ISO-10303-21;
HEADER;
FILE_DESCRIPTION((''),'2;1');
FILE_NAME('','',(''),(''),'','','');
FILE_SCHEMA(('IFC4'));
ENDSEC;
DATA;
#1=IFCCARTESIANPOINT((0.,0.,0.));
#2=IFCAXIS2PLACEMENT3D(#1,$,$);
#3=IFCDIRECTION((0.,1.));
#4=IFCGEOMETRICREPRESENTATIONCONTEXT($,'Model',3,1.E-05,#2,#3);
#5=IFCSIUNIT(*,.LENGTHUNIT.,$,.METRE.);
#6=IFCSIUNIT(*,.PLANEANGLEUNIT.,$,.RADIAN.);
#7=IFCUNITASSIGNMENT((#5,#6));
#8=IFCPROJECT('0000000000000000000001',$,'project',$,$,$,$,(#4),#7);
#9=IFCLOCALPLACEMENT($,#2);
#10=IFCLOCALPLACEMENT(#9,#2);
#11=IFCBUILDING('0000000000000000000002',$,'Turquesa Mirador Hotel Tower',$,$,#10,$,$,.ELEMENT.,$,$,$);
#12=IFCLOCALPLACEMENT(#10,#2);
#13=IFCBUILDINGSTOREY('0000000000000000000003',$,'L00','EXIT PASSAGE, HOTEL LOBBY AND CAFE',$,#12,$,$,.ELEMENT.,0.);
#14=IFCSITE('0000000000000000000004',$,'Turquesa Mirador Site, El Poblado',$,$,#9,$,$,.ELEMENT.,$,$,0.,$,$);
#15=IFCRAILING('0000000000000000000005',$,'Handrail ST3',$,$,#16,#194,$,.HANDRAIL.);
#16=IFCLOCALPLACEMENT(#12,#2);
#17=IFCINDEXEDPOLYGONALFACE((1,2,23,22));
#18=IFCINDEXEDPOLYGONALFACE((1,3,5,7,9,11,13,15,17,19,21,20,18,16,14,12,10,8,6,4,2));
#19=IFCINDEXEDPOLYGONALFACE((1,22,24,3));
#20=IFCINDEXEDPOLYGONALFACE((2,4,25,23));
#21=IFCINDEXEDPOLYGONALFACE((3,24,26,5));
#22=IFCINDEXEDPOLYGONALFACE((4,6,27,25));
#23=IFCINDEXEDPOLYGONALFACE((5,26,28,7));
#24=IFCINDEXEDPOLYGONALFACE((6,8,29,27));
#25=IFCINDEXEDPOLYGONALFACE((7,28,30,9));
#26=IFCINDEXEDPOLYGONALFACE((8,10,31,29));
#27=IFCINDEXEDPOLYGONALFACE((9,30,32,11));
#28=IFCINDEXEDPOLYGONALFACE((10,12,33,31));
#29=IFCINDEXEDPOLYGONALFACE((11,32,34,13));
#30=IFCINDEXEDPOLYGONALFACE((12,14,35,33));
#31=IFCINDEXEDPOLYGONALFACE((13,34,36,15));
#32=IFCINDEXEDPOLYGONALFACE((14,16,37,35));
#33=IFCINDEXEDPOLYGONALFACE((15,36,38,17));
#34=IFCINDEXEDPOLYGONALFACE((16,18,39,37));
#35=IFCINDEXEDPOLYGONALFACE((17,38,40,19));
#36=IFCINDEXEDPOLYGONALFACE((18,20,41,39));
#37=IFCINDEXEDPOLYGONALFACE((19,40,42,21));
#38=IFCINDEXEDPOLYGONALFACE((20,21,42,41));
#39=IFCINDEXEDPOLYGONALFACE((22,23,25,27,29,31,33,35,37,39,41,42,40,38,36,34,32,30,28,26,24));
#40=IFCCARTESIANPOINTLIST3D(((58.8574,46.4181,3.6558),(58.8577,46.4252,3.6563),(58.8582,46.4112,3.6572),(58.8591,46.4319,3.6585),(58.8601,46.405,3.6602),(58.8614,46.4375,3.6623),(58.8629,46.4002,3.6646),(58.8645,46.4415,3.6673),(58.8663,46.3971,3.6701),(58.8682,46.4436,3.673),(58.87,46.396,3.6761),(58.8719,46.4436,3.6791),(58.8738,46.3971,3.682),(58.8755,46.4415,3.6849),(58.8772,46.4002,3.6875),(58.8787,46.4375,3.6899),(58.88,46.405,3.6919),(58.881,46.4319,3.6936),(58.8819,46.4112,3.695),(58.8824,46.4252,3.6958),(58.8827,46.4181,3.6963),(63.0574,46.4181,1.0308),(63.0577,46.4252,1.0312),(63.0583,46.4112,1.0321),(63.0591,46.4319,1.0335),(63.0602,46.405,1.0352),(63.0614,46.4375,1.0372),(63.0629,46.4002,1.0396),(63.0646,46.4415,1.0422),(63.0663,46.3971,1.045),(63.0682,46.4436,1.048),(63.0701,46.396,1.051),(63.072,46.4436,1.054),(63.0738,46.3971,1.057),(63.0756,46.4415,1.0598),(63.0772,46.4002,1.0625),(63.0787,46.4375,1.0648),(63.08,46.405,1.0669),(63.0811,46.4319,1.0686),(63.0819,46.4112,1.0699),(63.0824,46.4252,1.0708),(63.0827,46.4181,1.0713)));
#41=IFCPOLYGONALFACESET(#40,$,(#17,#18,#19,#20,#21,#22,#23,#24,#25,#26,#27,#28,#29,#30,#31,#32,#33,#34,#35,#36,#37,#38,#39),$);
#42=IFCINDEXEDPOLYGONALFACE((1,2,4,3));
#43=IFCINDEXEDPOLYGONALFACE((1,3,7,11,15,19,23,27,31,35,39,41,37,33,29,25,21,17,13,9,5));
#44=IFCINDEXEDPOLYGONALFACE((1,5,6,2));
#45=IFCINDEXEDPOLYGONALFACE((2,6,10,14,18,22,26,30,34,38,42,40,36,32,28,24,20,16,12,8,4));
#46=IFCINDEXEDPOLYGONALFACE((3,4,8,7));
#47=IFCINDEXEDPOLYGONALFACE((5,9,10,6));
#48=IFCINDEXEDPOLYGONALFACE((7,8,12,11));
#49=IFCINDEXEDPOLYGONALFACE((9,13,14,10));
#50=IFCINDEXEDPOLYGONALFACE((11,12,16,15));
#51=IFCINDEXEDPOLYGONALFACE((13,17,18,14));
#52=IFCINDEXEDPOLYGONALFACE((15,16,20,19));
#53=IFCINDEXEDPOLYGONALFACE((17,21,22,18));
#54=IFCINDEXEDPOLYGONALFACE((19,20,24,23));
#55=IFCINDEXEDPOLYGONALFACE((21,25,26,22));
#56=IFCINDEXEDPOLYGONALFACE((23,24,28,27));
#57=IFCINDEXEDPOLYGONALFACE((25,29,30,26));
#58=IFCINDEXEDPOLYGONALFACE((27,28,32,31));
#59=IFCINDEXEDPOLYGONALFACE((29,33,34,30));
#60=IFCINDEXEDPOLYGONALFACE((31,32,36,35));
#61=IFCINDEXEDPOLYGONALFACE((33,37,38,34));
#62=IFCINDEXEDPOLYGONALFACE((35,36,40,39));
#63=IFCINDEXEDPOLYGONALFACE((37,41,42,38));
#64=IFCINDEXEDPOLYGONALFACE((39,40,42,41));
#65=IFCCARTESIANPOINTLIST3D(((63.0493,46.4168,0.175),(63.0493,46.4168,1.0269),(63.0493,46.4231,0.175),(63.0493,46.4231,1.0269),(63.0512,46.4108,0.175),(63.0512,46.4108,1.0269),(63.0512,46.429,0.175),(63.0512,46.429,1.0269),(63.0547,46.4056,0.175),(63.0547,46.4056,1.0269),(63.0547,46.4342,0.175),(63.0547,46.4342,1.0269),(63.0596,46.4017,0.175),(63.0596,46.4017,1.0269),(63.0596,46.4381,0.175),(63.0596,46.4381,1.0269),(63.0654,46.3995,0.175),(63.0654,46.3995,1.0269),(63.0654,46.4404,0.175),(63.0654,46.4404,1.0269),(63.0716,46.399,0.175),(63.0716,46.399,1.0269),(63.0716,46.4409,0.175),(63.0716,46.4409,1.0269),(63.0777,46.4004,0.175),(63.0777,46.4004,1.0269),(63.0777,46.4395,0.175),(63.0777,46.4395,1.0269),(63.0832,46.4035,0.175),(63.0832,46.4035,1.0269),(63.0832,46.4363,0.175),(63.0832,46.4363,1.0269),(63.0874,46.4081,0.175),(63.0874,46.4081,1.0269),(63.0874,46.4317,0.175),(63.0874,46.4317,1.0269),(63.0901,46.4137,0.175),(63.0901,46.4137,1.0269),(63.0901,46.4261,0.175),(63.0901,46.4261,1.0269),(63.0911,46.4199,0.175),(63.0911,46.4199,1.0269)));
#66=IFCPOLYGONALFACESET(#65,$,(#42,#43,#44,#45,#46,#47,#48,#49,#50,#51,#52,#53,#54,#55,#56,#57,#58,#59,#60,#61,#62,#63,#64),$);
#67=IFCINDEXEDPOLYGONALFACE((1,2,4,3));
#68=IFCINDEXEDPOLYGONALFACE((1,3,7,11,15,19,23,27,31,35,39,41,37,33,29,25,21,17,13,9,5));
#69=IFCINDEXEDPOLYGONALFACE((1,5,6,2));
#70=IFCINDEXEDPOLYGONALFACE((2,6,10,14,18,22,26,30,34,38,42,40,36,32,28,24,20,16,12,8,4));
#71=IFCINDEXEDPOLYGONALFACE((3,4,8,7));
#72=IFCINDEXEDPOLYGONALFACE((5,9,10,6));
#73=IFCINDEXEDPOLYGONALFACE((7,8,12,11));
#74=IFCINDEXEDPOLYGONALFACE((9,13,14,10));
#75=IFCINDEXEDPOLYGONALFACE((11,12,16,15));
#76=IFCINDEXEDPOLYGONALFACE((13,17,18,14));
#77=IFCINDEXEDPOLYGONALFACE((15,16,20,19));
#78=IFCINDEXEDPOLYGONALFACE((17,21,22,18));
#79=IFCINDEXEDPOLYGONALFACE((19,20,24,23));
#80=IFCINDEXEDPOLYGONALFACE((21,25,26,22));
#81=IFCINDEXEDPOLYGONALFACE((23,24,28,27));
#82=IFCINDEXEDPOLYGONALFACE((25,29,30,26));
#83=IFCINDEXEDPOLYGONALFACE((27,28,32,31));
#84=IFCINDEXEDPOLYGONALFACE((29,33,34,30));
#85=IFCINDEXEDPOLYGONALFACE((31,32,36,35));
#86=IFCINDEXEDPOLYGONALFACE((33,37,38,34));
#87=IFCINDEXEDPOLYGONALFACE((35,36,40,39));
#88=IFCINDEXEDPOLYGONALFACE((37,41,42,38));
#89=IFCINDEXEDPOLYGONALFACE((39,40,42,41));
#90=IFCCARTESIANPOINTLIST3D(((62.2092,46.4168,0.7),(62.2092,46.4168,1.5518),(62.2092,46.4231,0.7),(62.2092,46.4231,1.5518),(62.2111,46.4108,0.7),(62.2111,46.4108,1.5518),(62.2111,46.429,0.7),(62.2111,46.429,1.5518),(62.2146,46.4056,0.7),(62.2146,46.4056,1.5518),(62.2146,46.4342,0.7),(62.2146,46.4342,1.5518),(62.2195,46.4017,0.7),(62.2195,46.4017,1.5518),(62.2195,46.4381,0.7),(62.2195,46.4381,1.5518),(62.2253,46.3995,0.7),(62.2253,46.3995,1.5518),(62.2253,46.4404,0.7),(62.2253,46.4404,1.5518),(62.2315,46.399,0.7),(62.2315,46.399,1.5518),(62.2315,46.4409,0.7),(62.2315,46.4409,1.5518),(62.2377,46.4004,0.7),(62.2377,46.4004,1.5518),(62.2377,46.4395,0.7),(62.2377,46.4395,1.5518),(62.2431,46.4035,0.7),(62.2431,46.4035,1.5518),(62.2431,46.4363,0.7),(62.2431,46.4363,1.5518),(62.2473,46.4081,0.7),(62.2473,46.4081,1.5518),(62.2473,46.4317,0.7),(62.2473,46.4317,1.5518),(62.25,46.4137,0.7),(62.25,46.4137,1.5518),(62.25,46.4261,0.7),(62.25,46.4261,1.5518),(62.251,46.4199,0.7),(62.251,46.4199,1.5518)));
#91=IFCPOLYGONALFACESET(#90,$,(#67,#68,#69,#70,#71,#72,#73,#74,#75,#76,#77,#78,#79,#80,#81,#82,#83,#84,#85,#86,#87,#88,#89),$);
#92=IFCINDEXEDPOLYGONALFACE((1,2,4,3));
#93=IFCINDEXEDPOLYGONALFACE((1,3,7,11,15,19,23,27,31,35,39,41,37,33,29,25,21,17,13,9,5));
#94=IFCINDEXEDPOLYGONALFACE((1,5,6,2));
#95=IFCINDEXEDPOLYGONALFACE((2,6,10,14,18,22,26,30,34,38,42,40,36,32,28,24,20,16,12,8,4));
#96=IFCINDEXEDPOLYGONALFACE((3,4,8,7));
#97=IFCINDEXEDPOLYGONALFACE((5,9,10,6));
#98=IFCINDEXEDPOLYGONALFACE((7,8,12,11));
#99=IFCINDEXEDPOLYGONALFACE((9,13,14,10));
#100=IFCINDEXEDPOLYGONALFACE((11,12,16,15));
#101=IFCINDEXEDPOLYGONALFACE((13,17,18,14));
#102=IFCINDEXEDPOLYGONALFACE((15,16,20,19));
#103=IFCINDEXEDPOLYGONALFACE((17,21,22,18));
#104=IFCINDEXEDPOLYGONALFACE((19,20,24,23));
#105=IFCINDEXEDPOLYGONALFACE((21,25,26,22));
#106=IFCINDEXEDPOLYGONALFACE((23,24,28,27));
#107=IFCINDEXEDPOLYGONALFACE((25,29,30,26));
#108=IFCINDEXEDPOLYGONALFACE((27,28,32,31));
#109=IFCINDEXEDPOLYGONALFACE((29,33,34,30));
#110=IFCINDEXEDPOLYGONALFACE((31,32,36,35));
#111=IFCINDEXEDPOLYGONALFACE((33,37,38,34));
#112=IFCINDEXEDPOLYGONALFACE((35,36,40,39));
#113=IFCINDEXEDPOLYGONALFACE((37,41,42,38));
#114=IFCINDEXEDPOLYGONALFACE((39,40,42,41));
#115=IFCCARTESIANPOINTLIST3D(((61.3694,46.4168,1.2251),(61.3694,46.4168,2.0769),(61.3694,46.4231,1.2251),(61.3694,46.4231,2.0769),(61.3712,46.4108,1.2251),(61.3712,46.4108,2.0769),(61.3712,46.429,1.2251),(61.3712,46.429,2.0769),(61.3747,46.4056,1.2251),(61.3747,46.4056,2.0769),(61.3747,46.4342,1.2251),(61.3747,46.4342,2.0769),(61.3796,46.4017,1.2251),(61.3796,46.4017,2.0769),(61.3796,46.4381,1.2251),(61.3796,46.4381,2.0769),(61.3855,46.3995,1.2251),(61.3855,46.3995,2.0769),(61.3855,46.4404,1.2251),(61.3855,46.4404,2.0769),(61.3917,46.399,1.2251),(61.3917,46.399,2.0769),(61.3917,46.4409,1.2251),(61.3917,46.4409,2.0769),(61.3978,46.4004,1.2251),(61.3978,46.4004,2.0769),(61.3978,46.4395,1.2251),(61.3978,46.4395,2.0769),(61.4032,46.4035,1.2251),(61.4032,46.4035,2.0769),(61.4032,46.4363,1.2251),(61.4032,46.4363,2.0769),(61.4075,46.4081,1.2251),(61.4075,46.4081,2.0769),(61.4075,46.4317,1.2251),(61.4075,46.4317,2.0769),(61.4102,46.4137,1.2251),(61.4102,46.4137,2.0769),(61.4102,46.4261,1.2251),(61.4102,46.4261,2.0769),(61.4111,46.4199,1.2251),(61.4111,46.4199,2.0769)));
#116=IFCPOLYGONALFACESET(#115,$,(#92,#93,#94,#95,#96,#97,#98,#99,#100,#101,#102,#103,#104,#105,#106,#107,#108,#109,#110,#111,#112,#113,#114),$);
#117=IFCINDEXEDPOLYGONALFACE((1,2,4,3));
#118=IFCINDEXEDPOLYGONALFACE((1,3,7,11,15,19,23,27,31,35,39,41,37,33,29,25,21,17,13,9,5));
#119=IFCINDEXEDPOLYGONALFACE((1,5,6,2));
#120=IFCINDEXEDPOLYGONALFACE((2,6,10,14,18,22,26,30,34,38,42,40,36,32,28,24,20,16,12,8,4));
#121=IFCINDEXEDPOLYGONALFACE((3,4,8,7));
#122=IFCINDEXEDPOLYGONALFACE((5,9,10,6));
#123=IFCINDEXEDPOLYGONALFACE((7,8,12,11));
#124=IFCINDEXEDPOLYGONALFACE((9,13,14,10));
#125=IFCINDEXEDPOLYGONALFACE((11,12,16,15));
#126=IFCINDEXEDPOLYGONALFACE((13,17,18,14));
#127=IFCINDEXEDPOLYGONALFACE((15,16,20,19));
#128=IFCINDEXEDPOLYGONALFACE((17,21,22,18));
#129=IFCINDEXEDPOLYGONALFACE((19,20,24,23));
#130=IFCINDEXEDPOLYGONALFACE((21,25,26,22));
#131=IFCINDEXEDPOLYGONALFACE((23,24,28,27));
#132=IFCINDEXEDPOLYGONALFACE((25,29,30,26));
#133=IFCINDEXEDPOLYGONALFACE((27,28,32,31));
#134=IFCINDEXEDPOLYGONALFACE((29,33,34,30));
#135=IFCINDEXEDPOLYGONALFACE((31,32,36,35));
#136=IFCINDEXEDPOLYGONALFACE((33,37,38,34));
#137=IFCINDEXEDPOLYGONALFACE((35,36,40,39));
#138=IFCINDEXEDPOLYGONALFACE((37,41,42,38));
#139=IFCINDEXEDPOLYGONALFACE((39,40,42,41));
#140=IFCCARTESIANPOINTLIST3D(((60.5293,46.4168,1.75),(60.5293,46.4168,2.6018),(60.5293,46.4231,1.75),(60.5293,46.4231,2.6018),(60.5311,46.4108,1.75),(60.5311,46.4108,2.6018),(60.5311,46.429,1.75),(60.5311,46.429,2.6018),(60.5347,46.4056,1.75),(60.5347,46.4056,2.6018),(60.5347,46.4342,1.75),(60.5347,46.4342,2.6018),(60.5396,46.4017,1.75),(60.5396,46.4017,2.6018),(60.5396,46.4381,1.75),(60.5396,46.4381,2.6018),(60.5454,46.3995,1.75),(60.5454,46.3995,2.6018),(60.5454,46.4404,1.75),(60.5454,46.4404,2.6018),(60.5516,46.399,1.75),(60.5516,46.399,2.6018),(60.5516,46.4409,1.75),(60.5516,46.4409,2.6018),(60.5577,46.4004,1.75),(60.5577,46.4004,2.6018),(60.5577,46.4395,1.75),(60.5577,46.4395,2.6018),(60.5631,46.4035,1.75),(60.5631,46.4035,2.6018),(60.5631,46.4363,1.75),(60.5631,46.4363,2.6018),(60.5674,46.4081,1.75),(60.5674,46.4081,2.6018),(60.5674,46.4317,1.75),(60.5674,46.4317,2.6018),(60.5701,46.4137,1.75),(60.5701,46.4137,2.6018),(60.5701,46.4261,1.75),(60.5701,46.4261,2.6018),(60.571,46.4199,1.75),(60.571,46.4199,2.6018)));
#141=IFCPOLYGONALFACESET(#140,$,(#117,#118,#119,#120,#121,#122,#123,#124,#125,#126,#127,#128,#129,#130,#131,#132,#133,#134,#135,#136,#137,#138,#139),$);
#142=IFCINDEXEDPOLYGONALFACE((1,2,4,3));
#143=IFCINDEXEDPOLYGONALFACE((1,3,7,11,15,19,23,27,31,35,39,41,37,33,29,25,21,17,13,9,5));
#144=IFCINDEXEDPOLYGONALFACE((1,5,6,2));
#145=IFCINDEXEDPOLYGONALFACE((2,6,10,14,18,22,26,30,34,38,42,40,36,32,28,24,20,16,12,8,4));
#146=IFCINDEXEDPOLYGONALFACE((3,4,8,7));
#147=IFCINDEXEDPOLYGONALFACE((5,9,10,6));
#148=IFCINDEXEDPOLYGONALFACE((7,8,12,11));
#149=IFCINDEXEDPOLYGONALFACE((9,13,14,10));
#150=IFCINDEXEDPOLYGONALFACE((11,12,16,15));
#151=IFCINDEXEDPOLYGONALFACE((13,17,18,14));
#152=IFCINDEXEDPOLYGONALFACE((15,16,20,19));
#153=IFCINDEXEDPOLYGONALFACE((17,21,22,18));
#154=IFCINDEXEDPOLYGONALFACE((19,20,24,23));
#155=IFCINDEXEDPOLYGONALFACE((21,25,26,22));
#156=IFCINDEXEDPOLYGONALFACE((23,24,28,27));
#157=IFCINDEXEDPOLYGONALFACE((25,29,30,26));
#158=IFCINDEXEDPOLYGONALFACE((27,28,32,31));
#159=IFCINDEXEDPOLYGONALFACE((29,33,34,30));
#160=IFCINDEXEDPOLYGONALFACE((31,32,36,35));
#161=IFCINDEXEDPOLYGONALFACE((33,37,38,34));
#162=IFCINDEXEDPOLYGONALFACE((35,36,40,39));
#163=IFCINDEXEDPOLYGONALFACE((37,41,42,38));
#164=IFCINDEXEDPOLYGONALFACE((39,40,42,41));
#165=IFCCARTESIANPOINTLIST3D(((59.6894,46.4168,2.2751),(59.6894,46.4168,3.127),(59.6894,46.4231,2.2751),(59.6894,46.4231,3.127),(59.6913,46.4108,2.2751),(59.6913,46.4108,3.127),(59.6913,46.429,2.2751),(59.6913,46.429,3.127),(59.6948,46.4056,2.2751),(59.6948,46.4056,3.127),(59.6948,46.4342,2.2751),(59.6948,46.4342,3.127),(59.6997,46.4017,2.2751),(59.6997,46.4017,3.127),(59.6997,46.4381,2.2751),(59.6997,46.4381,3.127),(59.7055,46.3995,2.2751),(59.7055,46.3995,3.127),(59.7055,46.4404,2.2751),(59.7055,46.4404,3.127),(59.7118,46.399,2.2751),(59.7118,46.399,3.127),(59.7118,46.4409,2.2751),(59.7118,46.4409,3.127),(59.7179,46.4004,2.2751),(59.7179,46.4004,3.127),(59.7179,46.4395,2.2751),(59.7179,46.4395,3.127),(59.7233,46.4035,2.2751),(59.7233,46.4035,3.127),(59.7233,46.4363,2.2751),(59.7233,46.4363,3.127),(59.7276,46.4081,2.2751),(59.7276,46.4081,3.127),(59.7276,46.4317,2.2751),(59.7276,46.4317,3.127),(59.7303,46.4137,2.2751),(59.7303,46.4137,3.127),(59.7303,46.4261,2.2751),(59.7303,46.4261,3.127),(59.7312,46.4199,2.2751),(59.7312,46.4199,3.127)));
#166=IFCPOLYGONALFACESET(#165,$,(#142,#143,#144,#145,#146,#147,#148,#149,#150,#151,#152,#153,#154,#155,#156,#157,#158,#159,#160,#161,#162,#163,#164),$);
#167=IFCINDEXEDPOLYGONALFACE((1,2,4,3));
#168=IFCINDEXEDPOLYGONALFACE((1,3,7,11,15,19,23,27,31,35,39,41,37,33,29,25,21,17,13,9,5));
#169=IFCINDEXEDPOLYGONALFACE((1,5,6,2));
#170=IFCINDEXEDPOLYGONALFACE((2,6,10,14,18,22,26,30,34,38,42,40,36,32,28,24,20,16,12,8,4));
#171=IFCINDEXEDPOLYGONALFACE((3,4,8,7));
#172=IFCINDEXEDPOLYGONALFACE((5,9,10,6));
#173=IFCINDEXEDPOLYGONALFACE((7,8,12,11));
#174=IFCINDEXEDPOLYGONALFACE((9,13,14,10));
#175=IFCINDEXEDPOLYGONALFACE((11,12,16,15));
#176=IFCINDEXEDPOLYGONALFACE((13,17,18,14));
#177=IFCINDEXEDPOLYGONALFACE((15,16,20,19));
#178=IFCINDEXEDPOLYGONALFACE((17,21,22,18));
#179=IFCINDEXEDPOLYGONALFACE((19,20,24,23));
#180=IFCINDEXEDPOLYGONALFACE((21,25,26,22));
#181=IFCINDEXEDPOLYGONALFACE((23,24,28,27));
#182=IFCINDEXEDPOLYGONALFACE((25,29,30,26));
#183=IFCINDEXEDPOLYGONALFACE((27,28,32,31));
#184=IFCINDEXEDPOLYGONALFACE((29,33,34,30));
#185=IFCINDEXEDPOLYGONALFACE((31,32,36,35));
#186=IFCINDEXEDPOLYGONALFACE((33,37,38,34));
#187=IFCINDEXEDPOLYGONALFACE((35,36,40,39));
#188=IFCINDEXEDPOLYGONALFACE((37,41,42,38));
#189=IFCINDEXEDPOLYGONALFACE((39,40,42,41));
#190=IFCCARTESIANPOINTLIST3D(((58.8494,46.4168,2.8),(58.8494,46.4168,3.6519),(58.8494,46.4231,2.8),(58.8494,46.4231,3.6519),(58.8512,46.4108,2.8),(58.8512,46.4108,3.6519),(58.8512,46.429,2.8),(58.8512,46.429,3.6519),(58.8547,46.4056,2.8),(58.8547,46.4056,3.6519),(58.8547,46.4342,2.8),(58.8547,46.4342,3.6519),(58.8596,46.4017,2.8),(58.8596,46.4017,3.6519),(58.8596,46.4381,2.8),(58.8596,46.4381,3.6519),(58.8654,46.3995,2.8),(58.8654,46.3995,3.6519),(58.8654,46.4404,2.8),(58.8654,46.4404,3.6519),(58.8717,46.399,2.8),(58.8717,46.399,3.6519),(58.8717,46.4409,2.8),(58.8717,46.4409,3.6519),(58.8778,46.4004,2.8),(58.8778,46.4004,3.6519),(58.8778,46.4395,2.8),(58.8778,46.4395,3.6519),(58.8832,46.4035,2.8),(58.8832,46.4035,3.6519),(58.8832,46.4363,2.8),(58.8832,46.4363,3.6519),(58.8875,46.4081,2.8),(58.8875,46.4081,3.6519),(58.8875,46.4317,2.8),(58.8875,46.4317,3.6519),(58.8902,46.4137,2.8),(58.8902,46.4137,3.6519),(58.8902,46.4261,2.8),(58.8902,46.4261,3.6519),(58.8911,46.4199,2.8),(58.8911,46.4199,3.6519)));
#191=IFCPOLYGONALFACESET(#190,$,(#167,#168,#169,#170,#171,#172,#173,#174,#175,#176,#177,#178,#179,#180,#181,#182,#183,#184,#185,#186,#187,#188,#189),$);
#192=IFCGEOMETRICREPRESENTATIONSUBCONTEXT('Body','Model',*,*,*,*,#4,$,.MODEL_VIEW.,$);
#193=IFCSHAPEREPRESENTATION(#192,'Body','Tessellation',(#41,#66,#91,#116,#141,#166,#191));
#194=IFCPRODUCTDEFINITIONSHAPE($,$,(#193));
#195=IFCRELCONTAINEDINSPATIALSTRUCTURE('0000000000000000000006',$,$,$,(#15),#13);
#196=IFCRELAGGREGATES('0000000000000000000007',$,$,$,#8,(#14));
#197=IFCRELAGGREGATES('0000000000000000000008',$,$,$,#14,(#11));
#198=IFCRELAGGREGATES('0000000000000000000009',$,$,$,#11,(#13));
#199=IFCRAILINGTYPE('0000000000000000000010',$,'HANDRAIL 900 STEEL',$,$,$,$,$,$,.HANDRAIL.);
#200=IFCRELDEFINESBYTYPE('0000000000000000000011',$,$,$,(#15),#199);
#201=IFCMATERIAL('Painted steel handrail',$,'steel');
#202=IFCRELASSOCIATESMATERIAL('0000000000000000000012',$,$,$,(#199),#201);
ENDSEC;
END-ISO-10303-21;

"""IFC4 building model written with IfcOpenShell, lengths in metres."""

from ifc_helpers import new_model, si_unit, direction, frame, origin, origin_2d, place, context, subcontext, project, spatial, circle, extrude, material, type_object, element, save


model = new_model("IFC4")

# Units and contexts
model_context = context("Model", 3, precision=1e-05, world=origin(), true_north=direction((0.0, 1.0)))
body_context = subcontext(model_context, "Body", "Model", "MODEL_VIEW")
ifc_project = project(units=[si_unit("LENGTHUNIT", "METRE"), si_unit("PLANEANGLEUNIT", "RADIAN")], contexts=[model_context])

# Site, building, storey
site_placement = place(None, origin())
site = spatial("IfcSite", under=ifc_project, at=site_placement, Name="Turquesa Mirador Site, El Poblado", CompositionType="ELEMENT", RefElevation=0.0)
building_placement = place(site_placement, origin())
building = spatial("IfcBuilding", under=site, at=building_placement, Name="Turquesa Mirador Hotel Tower", CompositionType="ELEMENT")
storey_placement = place(building_placement, origin())
storey = spatial("IfcBuildingStorey", under=building, at=storey_placement, Name="L00", Description="EXIT PASSAGE, HOTEL LOBBY AND CAFE", CompositionType="ELEMENT", Elevation=0.0)

# Railing
ifc_material_1 = material(Name="Painted steel handrail", Category="steel")
railing_type = type_object("IfcRailingType", Name="HANDRAIL 900 STEEL", PredefinedType="HANDRAIL", material=ifc_material_1)
for number, where, name in (
    (1, (63.0701, 46.4199, 0.175), "Handrail ST3"),
):
    element("IfcRailing", number, at=place(storey_placement, frame(where)), inside=storey, type_object=railing_type, Name=name, PredefinedType="HANDRAIL", context=body_context, shape_type="SweptSolid", body=[
        extrude(circle(Radius=0.0239, at=origin_2d()), frame((0.0, 0.0, 0.876), z_axis=(-0.847996, 0.0, 0.530003), x_axis=(0.0, -1.0, 0.0)), (0.0, 0.0, 1.0), 4.9529),
        extrude(circle(Radius=0.021, at=origin_2d()), origin(), (0.0, 0.0, 1.0), 0.8518),
        extrude(circle(Radius=0.021, at=origin_2d()), frame((-0.8401, 0.0, 0.5249)), (0.0, 0.0, 1.0), 0.8518),
        extrude(circle(Radius=0.021, at=origin_2d()), frame((-1.6799, 0.0, 1.05)), (0.0, 0.0, 1.0), 0.8518),
        extrude(circle(Radius=0.021, at=origin_2d()), frame((-2.52, 0.0, 1.575)), (0.0, 0.0, 1.0), 0.8518),
        extrude(circle(Radius=0.021, at=origin_2d()), frame((-3.3599, 0.0, 2.1001)), (0.0, 0.0, 1.0), 0.8518),
        extrude(circle(Radius=0.021, at=origin_2d()), frame((-4.2, 0.0, 2.625)), (0.0, 0.0, 1.0), 0.8518),
    ])

save(model, "model.ifc")
